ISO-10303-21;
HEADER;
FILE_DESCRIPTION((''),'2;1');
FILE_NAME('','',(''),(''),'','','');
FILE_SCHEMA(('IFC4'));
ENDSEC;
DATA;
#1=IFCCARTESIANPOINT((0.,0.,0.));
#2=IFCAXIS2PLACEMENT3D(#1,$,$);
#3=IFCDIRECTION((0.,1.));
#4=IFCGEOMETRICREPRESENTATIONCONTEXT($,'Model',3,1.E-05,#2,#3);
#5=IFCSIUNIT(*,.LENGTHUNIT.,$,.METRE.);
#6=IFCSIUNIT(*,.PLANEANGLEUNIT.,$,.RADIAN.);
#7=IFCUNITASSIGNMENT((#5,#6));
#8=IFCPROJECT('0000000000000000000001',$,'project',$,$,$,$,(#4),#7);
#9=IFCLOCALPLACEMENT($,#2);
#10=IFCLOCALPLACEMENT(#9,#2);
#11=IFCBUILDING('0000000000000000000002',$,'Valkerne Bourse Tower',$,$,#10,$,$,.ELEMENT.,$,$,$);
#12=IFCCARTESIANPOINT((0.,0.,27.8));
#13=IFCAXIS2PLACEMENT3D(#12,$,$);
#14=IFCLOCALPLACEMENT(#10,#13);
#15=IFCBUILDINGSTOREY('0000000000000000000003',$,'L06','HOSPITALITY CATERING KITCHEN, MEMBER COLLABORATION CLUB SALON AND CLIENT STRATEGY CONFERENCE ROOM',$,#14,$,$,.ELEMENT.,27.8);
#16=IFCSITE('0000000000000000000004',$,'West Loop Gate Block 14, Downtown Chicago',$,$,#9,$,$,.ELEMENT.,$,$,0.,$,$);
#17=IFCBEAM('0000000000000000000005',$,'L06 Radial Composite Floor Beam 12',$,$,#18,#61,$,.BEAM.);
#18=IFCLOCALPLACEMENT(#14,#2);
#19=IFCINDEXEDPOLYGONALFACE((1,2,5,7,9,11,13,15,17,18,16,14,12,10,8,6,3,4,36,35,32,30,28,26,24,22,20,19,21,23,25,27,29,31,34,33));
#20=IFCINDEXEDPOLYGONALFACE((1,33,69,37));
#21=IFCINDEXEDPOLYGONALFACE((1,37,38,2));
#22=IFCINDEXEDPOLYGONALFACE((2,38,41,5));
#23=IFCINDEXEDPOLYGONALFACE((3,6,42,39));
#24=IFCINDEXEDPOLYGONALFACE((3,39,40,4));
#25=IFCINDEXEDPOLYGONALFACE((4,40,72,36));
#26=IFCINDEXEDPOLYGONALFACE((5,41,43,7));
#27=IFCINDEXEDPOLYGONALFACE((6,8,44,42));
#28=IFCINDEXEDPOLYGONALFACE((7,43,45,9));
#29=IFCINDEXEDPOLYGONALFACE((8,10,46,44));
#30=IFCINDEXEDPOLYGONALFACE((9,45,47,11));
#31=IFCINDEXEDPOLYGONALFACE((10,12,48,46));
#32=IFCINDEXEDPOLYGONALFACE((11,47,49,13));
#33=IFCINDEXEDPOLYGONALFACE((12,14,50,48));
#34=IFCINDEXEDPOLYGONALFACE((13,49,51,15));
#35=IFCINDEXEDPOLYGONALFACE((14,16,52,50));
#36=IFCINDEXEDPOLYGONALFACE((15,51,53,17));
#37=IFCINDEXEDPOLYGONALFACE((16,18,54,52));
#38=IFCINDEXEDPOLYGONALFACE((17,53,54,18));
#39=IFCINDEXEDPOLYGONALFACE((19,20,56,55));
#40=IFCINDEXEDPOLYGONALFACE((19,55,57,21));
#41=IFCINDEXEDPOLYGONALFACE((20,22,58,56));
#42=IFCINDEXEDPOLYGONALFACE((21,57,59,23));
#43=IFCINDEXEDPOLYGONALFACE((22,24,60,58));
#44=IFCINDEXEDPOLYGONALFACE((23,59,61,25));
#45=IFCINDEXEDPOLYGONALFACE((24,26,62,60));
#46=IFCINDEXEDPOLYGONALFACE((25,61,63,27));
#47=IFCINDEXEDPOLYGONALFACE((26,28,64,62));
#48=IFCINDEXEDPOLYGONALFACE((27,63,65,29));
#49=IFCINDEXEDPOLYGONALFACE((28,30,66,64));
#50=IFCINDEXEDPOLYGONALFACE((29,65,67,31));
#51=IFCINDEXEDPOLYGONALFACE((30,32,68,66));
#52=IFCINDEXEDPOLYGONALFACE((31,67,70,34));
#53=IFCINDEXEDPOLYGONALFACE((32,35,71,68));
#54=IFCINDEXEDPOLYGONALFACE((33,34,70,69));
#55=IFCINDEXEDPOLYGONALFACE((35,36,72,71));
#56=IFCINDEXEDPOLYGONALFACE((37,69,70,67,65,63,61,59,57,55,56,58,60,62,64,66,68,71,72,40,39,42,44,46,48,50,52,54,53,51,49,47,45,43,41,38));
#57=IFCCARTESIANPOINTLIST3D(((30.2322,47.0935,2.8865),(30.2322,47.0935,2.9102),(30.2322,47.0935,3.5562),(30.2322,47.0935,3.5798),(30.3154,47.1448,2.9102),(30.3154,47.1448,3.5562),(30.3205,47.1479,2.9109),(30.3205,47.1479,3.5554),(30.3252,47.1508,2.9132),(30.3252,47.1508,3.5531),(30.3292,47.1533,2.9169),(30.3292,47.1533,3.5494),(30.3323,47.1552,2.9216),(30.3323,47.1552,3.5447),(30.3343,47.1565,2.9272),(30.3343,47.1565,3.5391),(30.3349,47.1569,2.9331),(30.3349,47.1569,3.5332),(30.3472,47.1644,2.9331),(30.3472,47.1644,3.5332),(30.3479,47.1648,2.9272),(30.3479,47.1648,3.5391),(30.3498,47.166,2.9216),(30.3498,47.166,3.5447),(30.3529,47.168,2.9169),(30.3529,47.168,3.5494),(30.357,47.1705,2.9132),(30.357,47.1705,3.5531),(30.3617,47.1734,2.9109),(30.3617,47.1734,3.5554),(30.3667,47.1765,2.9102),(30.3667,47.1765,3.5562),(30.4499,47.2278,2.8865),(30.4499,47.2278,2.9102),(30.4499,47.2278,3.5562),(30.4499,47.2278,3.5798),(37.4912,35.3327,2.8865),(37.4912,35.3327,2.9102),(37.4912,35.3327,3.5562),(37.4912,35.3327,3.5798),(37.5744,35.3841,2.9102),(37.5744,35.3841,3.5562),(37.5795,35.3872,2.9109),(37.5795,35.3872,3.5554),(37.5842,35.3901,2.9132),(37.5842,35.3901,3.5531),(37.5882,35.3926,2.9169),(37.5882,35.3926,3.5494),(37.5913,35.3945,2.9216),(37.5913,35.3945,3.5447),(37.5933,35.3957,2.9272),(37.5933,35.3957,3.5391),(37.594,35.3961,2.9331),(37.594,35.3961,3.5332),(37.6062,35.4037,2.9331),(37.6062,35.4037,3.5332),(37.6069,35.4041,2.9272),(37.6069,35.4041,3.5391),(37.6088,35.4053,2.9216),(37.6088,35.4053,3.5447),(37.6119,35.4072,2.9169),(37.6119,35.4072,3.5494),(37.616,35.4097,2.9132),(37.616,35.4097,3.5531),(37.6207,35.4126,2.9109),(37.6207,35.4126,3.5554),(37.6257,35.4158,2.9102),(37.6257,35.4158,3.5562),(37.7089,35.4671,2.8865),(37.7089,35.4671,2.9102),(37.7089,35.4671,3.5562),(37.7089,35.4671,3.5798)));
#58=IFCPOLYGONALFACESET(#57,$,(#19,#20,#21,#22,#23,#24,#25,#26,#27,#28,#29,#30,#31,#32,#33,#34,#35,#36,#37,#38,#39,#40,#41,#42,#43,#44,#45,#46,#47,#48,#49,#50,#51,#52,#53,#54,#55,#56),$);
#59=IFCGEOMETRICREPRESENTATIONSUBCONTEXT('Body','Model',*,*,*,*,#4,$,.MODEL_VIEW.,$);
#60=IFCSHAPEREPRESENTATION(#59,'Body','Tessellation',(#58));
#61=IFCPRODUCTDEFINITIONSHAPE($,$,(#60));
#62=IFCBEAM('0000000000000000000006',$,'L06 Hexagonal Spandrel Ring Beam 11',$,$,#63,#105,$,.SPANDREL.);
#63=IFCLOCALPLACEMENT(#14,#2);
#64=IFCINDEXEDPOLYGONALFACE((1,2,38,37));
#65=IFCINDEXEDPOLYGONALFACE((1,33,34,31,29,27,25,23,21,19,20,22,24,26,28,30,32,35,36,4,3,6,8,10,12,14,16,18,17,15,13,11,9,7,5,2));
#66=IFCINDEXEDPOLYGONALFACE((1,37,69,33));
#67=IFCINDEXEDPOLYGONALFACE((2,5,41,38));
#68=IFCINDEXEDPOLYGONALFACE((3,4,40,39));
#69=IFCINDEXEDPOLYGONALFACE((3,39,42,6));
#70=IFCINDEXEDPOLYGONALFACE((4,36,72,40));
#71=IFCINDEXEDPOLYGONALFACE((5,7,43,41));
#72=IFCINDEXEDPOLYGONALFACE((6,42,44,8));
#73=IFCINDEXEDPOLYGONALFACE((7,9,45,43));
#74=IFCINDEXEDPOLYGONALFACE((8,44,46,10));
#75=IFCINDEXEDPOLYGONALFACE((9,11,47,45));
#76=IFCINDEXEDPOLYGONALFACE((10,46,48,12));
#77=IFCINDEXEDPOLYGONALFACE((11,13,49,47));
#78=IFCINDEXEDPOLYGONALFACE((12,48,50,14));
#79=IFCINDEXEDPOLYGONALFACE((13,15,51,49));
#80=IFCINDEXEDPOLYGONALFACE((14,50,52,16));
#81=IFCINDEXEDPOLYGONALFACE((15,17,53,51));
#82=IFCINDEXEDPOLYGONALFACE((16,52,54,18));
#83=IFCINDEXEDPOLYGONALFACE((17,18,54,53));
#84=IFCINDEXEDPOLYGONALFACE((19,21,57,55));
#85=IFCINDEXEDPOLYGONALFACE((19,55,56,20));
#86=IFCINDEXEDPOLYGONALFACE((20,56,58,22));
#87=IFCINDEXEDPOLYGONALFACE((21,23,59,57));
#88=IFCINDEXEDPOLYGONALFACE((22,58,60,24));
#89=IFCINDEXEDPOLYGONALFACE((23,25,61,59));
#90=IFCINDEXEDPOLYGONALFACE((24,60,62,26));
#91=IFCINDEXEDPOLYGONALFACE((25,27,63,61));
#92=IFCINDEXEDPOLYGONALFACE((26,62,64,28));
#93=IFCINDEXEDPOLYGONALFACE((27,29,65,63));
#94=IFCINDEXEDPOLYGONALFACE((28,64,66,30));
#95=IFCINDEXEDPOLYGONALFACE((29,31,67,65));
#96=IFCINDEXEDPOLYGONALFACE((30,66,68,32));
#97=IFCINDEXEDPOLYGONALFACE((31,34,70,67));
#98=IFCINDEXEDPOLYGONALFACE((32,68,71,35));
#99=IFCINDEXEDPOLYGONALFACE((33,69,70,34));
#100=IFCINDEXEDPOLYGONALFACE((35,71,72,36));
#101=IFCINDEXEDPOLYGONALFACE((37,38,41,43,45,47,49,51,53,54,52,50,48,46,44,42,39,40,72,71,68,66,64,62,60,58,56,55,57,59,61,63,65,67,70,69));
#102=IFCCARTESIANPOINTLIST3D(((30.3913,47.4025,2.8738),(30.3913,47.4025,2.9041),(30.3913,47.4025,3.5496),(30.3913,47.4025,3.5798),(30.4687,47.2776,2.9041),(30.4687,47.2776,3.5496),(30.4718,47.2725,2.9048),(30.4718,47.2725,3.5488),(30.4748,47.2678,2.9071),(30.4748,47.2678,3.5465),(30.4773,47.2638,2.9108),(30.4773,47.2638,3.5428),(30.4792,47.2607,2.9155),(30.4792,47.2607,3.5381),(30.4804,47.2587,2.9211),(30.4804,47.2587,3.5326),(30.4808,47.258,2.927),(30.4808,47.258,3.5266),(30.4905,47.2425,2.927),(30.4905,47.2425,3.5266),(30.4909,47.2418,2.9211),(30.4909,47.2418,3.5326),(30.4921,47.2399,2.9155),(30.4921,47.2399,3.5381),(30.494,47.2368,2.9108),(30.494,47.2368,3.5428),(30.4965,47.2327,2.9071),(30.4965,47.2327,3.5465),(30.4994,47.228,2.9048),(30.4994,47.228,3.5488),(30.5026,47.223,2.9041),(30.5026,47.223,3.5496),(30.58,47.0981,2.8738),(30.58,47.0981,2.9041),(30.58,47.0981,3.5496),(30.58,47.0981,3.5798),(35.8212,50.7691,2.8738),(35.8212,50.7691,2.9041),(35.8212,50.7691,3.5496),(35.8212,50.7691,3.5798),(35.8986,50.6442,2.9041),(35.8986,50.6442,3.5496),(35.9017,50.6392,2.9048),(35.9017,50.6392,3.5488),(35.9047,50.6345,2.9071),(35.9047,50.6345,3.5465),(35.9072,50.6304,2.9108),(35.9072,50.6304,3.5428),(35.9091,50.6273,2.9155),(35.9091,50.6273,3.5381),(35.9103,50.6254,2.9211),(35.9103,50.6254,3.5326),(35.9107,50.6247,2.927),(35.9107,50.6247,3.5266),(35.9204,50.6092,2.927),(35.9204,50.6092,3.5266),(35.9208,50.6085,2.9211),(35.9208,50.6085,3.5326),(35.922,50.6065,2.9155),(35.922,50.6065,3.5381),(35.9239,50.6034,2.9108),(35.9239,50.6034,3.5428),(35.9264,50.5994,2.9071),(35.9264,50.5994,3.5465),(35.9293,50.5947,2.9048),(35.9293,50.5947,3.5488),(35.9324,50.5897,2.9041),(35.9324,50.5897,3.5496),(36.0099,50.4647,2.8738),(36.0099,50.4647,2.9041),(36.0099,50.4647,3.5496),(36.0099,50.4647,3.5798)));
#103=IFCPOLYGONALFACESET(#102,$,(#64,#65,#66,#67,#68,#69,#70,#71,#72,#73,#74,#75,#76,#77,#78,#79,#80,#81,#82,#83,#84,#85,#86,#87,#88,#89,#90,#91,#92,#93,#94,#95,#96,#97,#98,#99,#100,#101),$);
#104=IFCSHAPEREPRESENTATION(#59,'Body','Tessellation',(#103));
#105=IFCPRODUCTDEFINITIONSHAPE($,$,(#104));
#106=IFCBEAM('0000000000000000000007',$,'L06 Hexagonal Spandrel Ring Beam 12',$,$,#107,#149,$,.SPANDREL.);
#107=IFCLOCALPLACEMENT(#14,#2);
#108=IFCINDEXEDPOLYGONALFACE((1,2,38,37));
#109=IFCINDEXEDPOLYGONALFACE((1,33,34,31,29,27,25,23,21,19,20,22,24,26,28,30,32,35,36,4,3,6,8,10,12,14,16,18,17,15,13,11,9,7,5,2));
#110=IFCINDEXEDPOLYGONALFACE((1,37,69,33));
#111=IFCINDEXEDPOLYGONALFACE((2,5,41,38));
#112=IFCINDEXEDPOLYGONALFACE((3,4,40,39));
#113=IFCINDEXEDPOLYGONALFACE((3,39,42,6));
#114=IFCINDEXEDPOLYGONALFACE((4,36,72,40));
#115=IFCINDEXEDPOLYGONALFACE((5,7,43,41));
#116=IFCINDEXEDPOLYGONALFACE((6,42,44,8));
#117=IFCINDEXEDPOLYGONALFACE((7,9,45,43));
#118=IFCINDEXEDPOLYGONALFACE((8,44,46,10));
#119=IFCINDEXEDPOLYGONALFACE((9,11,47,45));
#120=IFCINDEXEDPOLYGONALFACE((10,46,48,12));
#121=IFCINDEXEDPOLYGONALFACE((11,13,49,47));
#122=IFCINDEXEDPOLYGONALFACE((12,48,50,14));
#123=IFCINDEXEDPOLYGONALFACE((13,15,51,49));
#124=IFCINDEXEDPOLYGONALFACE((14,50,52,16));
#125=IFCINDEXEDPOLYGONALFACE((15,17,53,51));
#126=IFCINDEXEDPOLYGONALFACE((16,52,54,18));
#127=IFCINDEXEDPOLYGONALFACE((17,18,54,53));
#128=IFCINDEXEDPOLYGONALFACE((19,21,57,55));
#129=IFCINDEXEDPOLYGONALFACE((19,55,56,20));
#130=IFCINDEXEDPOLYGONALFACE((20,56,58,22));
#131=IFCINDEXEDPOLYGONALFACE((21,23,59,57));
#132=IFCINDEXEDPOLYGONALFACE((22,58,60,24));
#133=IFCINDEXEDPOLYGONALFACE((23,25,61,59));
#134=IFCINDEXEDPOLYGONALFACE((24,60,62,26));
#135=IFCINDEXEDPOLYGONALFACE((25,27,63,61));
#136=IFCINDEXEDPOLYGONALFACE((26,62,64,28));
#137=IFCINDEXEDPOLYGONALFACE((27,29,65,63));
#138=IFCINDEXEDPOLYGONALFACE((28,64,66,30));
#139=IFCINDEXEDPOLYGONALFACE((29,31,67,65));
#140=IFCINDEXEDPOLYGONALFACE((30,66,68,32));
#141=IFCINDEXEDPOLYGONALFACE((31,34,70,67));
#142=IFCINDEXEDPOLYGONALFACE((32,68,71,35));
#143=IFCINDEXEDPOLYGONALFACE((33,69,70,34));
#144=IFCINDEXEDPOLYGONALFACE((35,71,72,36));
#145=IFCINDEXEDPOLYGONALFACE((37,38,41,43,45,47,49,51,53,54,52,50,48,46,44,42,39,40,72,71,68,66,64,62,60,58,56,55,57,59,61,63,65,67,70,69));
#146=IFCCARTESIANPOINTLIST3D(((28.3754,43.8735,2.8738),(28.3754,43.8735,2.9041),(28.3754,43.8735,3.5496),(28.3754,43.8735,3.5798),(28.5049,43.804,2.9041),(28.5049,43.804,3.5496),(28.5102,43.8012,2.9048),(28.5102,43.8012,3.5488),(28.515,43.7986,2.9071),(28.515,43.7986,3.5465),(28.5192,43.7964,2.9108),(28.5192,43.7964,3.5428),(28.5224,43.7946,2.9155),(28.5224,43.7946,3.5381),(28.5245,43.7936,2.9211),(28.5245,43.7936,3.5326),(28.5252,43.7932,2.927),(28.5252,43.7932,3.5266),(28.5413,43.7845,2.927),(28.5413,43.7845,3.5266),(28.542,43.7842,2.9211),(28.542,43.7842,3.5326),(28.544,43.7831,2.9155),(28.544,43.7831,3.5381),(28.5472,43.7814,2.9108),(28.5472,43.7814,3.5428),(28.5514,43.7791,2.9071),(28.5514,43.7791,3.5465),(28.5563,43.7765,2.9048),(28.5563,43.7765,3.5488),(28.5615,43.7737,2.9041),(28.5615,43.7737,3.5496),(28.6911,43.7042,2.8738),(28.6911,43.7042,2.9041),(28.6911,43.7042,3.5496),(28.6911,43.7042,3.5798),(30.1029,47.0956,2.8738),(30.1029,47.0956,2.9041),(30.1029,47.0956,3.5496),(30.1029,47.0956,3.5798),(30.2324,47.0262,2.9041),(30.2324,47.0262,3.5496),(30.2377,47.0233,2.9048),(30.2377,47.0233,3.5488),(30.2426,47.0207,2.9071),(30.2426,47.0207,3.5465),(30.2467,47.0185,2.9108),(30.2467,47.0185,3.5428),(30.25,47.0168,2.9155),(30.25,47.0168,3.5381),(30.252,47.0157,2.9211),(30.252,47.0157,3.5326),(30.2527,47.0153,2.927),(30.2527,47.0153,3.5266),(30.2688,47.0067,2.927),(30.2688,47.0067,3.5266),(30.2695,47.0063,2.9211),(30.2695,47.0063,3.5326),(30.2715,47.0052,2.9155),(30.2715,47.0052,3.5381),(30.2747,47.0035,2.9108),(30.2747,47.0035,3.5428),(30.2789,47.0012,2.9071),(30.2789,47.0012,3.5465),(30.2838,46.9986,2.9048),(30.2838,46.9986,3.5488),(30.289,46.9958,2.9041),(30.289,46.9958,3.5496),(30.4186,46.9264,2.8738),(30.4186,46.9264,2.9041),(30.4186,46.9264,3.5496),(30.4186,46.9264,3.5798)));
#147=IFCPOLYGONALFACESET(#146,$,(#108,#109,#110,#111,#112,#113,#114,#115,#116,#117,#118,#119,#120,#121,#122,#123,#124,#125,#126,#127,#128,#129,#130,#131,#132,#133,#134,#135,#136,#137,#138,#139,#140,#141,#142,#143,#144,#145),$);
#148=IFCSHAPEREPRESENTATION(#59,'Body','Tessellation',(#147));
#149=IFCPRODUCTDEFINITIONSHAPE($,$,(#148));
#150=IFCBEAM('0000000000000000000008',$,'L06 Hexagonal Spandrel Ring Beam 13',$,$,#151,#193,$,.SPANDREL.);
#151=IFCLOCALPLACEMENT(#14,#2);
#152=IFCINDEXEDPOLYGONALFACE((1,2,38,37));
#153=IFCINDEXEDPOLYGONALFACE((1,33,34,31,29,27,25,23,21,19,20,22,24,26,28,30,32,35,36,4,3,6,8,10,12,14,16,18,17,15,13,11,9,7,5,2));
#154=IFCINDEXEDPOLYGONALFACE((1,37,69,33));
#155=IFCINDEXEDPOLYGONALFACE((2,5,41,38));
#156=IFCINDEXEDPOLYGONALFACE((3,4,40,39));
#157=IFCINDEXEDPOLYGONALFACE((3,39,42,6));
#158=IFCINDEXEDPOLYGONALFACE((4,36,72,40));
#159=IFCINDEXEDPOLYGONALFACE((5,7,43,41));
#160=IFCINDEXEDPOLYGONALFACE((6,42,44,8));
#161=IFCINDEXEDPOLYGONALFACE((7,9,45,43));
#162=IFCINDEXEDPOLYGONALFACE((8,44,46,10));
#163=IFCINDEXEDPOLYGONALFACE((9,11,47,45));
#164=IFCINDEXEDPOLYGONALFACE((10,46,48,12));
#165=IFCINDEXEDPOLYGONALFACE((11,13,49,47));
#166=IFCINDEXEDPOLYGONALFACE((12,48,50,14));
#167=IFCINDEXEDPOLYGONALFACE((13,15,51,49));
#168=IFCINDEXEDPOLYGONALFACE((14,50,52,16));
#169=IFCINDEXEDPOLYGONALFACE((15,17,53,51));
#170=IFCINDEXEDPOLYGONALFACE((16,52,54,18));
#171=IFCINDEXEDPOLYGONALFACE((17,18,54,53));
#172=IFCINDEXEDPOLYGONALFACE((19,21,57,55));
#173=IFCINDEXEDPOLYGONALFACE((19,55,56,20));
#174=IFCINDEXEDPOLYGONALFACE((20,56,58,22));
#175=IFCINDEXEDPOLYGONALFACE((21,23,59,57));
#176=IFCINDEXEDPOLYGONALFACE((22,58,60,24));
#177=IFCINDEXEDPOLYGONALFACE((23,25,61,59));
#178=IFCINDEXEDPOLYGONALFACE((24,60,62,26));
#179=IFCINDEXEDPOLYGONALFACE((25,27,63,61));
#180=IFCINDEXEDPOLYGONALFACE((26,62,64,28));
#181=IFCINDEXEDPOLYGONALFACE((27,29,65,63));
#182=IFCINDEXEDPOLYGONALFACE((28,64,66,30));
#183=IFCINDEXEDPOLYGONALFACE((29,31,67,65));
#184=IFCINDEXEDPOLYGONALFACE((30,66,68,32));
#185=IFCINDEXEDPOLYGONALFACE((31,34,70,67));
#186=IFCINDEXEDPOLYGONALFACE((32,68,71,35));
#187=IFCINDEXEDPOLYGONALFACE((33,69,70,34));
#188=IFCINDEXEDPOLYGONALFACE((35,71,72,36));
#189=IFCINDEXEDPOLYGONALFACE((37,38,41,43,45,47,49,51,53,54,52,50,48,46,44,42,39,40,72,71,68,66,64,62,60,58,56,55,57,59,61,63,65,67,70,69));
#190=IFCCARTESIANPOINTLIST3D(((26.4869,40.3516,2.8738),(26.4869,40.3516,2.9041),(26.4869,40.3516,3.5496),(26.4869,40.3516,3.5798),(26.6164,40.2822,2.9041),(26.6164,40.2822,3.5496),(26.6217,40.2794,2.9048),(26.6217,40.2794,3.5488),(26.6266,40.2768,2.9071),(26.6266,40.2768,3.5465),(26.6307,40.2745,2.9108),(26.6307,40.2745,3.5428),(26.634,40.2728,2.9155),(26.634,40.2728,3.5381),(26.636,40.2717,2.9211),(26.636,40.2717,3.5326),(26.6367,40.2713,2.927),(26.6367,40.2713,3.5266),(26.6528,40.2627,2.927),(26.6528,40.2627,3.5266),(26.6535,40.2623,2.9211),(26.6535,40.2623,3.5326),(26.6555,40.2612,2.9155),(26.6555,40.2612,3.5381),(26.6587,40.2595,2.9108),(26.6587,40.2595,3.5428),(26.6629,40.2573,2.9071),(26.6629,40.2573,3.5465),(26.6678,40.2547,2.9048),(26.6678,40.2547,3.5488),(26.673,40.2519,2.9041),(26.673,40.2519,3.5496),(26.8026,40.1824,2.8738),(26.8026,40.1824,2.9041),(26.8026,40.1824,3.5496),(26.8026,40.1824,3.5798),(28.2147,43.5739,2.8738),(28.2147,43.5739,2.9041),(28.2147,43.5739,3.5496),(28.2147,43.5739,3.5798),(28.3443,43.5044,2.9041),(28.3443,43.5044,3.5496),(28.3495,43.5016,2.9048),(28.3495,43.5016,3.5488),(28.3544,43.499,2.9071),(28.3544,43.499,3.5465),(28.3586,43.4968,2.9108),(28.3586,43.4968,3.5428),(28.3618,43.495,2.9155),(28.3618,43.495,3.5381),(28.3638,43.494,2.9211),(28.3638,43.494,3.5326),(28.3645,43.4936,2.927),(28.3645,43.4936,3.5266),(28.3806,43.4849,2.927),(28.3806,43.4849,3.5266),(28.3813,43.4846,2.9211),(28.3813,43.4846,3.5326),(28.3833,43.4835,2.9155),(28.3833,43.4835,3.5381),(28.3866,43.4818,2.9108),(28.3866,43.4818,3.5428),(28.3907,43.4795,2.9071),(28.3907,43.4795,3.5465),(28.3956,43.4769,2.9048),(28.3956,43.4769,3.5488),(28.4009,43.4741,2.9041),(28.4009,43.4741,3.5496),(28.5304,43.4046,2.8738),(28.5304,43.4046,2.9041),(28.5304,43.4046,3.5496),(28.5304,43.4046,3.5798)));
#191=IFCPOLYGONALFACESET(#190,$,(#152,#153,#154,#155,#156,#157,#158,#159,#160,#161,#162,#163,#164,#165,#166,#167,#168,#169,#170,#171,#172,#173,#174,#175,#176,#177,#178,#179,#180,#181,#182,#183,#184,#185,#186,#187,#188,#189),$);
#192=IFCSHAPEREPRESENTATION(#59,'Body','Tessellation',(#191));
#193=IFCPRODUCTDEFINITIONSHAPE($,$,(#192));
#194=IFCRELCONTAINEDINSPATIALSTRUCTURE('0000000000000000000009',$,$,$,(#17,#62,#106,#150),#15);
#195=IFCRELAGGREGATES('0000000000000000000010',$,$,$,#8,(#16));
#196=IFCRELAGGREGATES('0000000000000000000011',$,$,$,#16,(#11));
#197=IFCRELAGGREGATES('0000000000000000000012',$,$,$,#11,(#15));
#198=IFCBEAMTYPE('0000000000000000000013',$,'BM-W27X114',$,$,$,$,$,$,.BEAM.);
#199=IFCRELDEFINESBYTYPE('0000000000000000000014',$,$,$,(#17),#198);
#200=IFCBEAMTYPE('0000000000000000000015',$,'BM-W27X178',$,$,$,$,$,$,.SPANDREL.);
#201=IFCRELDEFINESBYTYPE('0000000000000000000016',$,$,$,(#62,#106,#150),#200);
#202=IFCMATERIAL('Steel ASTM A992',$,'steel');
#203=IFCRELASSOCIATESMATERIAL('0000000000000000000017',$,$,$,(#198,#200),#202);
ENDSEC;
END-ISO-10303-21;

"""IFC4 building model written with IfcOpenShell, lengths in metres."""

from ifc_helpers import new_model, si_unit, direction, frame, origin, origin_2d, place, context, subcontext, project, spatial, i_section, extrude, material, material_profile, profile_set, type_object, element, save


model = new_model("IFC4")

# Units and contexts
model_context = context("Model", 3, precision=1e-05, world=origin(), true_north=direction((0.0, 1.0)))
body_context = subcontext(model_context, "Body", "Model", "MODEL_VIEW")
ifc_project = project(units=[si_unit("LENGTHUNIT", "METRE"), si_unit("PLANEANGLEUNIT", "RADIAN")], contexts=[model_context])

# Site, building, storey
site_placement = place(None, origin())
site = spatial("IfcSite", under=ifc_project, at=site_placement, Name="West Loop Gate Block 14, Downtown Chicago", CompositionType="ELEMENT", RefElevation=0.0)
building_placement = place(site_placement, origin())
building = spatial("IfcBuilding", under=site, at=building_placement, Name="Valkerne Bourse Tower", CompositionType="ELEMENT")
storey_placement = place(building_placement, frame((0.0, 0.0, 27.8)))
storey = spatial("IfcBuildingStorey", under=building, at=storey_placement, Name="L06", Description="HOSPITALITY CATERING KITCHEN, MEMBER COLLABORATION CLUB SALON AND CLIENT STRATEGY CONFERENCE ROOM", CompositionType="ELEMENT", Elevation=27.8)

# Beams
ifc_material_1 = material(Name="Steel ASTM A992", Category="steel")
ifc_material_profile_1 = material_profile(ifc_material_1, i_section(OverallWidth=0.2559, OverallDepth=0.6934, WebThickness=0.0144, FlangeThickness=0.0237, FilletRadius=0.0229, at=origin_2d()), Name="W27X114")
ifc_profile_set_1 = profile_set([ifc_material_profile_1], Name="Steel ASTM A992")
beam_type_1 = type_object("IfcBeamType", Name="BM-W27X114", PredefinedType="BEAM", material=ifc_profile_set_1)
beam_1_placement = place(storey_placement, frame((30.3411, 47.1606, 3.2332), z_axis=(0.525233, -0.850958, 0.0), x_axis=(0.850958, 0.525233, 0.0)))
element("IfcBeam", 1, at=beam_1_placement, inside=storey, type_object=beam_type_1, Name="L06 Radial Composite Floor Beam 12", PredefinedType="BEAM", context=body_context, shape_type="SweptSolid", body=[
    extrude(i_section(OverallWidth=0.2559, OverallDepth=0.6934, WebThickness=0.0144, FlangeThickness=0.0237, FilletRadius=0.0229, at=origin_2d()), origin(), (0.0, 0.0, 1.0), 13.8206),
])
ifc_material_profile_2 = material_profile(ifc_material_1, i_section(OverallWidth=0.3582, OverallDepth=0.7061, WebThickness=0.0183, FlangeThickness=0.0303, FilletRadius=0.0229, at=origin_2d()), Name="W27X178")
ifc_profile_set_2 = profile_set([ifc_material_profile_2], Name="Steel ASTM A992")
beam_type_2 = type_object("IfcBeamType", Name="BM-W27X178", PredefinedType="SPANDREL", material=ifc_profile_set_2)
beam_2_placement = place(storey_placement, frame((35.9155, 50.6169, 3.2268), z_axis=(-0.849893, -0.526956, 0.0), x_axis=(0.526956, -0.849893, 0.0)))
element("IfcBeam", 2, at=beam_2_placement, inside=storey, type_object=beam_type_2, Name="L06 Hexagonal Spandrel Ring Beam 11", PredefinedType="SPANDREL", context=body_context, shape_type="SweptSolid", body=[
    extrude(i_section(OverallWidth=0.3582, OverallDepth=0.7061, WebThickness=0.0183, FlangeThickness=0.0303, FilletRadius=0.0229, at=origin_2d()), origin(), (0.0, 0.0, 1.0), 6.3889),
])
beam_3_placement = place(storey_placement, frame((30.2607, 47.011, 3.2268), z_axis=(-0.472514, -0.881323, 0.0), x_axis=(0.881323, -0.472514, 0.0)))
element("IfcBeam", 3, at=beam_3_placement, inside=storey, type_object=beam_type_2, Name="L06 Hexagonal Spandrel Ring Beam 12", PredefinedType="SPANDREL", context=body_context, shape_type="SweptSolid", body=[
    extrude(i_section(OverallWidth=0.3582, OverallDepth=0.7061, WebThickness=0.0183, FlangeThickness=0.0303, FilletRadius=0.0229, at=origin_2d()), origin(), (0.0, 0.0, 1.0), 3.656),
])
beam_4_placement = place(storey_placement, frame((28.3726, 43.4893, 3.2268), z_axis=(-0.472566, -0.881295, 0.0), x_axis=(0.881295, -0.472566, 0.0)))
element("IfcBeam", 4, at=beam_4_placement, inside=storey, type_object=beam_type_2, Name="L06 Hexagonal Spandrel Ring Beam 13", PredefinedType="SPANDREL", context=body_context, shape_type="SweptSolid", body=[
    extrude(i_section(OverallWidth=0.3582, OverallDepth=0.7061, WebThickness=0.0183, FlangeThickness=0.0303, FilletRadius=0.0229, at=origin_2d()), origin(), (0.0, 0.0, 1.0), 3.6562),
])

save(model, "model.ifc")
